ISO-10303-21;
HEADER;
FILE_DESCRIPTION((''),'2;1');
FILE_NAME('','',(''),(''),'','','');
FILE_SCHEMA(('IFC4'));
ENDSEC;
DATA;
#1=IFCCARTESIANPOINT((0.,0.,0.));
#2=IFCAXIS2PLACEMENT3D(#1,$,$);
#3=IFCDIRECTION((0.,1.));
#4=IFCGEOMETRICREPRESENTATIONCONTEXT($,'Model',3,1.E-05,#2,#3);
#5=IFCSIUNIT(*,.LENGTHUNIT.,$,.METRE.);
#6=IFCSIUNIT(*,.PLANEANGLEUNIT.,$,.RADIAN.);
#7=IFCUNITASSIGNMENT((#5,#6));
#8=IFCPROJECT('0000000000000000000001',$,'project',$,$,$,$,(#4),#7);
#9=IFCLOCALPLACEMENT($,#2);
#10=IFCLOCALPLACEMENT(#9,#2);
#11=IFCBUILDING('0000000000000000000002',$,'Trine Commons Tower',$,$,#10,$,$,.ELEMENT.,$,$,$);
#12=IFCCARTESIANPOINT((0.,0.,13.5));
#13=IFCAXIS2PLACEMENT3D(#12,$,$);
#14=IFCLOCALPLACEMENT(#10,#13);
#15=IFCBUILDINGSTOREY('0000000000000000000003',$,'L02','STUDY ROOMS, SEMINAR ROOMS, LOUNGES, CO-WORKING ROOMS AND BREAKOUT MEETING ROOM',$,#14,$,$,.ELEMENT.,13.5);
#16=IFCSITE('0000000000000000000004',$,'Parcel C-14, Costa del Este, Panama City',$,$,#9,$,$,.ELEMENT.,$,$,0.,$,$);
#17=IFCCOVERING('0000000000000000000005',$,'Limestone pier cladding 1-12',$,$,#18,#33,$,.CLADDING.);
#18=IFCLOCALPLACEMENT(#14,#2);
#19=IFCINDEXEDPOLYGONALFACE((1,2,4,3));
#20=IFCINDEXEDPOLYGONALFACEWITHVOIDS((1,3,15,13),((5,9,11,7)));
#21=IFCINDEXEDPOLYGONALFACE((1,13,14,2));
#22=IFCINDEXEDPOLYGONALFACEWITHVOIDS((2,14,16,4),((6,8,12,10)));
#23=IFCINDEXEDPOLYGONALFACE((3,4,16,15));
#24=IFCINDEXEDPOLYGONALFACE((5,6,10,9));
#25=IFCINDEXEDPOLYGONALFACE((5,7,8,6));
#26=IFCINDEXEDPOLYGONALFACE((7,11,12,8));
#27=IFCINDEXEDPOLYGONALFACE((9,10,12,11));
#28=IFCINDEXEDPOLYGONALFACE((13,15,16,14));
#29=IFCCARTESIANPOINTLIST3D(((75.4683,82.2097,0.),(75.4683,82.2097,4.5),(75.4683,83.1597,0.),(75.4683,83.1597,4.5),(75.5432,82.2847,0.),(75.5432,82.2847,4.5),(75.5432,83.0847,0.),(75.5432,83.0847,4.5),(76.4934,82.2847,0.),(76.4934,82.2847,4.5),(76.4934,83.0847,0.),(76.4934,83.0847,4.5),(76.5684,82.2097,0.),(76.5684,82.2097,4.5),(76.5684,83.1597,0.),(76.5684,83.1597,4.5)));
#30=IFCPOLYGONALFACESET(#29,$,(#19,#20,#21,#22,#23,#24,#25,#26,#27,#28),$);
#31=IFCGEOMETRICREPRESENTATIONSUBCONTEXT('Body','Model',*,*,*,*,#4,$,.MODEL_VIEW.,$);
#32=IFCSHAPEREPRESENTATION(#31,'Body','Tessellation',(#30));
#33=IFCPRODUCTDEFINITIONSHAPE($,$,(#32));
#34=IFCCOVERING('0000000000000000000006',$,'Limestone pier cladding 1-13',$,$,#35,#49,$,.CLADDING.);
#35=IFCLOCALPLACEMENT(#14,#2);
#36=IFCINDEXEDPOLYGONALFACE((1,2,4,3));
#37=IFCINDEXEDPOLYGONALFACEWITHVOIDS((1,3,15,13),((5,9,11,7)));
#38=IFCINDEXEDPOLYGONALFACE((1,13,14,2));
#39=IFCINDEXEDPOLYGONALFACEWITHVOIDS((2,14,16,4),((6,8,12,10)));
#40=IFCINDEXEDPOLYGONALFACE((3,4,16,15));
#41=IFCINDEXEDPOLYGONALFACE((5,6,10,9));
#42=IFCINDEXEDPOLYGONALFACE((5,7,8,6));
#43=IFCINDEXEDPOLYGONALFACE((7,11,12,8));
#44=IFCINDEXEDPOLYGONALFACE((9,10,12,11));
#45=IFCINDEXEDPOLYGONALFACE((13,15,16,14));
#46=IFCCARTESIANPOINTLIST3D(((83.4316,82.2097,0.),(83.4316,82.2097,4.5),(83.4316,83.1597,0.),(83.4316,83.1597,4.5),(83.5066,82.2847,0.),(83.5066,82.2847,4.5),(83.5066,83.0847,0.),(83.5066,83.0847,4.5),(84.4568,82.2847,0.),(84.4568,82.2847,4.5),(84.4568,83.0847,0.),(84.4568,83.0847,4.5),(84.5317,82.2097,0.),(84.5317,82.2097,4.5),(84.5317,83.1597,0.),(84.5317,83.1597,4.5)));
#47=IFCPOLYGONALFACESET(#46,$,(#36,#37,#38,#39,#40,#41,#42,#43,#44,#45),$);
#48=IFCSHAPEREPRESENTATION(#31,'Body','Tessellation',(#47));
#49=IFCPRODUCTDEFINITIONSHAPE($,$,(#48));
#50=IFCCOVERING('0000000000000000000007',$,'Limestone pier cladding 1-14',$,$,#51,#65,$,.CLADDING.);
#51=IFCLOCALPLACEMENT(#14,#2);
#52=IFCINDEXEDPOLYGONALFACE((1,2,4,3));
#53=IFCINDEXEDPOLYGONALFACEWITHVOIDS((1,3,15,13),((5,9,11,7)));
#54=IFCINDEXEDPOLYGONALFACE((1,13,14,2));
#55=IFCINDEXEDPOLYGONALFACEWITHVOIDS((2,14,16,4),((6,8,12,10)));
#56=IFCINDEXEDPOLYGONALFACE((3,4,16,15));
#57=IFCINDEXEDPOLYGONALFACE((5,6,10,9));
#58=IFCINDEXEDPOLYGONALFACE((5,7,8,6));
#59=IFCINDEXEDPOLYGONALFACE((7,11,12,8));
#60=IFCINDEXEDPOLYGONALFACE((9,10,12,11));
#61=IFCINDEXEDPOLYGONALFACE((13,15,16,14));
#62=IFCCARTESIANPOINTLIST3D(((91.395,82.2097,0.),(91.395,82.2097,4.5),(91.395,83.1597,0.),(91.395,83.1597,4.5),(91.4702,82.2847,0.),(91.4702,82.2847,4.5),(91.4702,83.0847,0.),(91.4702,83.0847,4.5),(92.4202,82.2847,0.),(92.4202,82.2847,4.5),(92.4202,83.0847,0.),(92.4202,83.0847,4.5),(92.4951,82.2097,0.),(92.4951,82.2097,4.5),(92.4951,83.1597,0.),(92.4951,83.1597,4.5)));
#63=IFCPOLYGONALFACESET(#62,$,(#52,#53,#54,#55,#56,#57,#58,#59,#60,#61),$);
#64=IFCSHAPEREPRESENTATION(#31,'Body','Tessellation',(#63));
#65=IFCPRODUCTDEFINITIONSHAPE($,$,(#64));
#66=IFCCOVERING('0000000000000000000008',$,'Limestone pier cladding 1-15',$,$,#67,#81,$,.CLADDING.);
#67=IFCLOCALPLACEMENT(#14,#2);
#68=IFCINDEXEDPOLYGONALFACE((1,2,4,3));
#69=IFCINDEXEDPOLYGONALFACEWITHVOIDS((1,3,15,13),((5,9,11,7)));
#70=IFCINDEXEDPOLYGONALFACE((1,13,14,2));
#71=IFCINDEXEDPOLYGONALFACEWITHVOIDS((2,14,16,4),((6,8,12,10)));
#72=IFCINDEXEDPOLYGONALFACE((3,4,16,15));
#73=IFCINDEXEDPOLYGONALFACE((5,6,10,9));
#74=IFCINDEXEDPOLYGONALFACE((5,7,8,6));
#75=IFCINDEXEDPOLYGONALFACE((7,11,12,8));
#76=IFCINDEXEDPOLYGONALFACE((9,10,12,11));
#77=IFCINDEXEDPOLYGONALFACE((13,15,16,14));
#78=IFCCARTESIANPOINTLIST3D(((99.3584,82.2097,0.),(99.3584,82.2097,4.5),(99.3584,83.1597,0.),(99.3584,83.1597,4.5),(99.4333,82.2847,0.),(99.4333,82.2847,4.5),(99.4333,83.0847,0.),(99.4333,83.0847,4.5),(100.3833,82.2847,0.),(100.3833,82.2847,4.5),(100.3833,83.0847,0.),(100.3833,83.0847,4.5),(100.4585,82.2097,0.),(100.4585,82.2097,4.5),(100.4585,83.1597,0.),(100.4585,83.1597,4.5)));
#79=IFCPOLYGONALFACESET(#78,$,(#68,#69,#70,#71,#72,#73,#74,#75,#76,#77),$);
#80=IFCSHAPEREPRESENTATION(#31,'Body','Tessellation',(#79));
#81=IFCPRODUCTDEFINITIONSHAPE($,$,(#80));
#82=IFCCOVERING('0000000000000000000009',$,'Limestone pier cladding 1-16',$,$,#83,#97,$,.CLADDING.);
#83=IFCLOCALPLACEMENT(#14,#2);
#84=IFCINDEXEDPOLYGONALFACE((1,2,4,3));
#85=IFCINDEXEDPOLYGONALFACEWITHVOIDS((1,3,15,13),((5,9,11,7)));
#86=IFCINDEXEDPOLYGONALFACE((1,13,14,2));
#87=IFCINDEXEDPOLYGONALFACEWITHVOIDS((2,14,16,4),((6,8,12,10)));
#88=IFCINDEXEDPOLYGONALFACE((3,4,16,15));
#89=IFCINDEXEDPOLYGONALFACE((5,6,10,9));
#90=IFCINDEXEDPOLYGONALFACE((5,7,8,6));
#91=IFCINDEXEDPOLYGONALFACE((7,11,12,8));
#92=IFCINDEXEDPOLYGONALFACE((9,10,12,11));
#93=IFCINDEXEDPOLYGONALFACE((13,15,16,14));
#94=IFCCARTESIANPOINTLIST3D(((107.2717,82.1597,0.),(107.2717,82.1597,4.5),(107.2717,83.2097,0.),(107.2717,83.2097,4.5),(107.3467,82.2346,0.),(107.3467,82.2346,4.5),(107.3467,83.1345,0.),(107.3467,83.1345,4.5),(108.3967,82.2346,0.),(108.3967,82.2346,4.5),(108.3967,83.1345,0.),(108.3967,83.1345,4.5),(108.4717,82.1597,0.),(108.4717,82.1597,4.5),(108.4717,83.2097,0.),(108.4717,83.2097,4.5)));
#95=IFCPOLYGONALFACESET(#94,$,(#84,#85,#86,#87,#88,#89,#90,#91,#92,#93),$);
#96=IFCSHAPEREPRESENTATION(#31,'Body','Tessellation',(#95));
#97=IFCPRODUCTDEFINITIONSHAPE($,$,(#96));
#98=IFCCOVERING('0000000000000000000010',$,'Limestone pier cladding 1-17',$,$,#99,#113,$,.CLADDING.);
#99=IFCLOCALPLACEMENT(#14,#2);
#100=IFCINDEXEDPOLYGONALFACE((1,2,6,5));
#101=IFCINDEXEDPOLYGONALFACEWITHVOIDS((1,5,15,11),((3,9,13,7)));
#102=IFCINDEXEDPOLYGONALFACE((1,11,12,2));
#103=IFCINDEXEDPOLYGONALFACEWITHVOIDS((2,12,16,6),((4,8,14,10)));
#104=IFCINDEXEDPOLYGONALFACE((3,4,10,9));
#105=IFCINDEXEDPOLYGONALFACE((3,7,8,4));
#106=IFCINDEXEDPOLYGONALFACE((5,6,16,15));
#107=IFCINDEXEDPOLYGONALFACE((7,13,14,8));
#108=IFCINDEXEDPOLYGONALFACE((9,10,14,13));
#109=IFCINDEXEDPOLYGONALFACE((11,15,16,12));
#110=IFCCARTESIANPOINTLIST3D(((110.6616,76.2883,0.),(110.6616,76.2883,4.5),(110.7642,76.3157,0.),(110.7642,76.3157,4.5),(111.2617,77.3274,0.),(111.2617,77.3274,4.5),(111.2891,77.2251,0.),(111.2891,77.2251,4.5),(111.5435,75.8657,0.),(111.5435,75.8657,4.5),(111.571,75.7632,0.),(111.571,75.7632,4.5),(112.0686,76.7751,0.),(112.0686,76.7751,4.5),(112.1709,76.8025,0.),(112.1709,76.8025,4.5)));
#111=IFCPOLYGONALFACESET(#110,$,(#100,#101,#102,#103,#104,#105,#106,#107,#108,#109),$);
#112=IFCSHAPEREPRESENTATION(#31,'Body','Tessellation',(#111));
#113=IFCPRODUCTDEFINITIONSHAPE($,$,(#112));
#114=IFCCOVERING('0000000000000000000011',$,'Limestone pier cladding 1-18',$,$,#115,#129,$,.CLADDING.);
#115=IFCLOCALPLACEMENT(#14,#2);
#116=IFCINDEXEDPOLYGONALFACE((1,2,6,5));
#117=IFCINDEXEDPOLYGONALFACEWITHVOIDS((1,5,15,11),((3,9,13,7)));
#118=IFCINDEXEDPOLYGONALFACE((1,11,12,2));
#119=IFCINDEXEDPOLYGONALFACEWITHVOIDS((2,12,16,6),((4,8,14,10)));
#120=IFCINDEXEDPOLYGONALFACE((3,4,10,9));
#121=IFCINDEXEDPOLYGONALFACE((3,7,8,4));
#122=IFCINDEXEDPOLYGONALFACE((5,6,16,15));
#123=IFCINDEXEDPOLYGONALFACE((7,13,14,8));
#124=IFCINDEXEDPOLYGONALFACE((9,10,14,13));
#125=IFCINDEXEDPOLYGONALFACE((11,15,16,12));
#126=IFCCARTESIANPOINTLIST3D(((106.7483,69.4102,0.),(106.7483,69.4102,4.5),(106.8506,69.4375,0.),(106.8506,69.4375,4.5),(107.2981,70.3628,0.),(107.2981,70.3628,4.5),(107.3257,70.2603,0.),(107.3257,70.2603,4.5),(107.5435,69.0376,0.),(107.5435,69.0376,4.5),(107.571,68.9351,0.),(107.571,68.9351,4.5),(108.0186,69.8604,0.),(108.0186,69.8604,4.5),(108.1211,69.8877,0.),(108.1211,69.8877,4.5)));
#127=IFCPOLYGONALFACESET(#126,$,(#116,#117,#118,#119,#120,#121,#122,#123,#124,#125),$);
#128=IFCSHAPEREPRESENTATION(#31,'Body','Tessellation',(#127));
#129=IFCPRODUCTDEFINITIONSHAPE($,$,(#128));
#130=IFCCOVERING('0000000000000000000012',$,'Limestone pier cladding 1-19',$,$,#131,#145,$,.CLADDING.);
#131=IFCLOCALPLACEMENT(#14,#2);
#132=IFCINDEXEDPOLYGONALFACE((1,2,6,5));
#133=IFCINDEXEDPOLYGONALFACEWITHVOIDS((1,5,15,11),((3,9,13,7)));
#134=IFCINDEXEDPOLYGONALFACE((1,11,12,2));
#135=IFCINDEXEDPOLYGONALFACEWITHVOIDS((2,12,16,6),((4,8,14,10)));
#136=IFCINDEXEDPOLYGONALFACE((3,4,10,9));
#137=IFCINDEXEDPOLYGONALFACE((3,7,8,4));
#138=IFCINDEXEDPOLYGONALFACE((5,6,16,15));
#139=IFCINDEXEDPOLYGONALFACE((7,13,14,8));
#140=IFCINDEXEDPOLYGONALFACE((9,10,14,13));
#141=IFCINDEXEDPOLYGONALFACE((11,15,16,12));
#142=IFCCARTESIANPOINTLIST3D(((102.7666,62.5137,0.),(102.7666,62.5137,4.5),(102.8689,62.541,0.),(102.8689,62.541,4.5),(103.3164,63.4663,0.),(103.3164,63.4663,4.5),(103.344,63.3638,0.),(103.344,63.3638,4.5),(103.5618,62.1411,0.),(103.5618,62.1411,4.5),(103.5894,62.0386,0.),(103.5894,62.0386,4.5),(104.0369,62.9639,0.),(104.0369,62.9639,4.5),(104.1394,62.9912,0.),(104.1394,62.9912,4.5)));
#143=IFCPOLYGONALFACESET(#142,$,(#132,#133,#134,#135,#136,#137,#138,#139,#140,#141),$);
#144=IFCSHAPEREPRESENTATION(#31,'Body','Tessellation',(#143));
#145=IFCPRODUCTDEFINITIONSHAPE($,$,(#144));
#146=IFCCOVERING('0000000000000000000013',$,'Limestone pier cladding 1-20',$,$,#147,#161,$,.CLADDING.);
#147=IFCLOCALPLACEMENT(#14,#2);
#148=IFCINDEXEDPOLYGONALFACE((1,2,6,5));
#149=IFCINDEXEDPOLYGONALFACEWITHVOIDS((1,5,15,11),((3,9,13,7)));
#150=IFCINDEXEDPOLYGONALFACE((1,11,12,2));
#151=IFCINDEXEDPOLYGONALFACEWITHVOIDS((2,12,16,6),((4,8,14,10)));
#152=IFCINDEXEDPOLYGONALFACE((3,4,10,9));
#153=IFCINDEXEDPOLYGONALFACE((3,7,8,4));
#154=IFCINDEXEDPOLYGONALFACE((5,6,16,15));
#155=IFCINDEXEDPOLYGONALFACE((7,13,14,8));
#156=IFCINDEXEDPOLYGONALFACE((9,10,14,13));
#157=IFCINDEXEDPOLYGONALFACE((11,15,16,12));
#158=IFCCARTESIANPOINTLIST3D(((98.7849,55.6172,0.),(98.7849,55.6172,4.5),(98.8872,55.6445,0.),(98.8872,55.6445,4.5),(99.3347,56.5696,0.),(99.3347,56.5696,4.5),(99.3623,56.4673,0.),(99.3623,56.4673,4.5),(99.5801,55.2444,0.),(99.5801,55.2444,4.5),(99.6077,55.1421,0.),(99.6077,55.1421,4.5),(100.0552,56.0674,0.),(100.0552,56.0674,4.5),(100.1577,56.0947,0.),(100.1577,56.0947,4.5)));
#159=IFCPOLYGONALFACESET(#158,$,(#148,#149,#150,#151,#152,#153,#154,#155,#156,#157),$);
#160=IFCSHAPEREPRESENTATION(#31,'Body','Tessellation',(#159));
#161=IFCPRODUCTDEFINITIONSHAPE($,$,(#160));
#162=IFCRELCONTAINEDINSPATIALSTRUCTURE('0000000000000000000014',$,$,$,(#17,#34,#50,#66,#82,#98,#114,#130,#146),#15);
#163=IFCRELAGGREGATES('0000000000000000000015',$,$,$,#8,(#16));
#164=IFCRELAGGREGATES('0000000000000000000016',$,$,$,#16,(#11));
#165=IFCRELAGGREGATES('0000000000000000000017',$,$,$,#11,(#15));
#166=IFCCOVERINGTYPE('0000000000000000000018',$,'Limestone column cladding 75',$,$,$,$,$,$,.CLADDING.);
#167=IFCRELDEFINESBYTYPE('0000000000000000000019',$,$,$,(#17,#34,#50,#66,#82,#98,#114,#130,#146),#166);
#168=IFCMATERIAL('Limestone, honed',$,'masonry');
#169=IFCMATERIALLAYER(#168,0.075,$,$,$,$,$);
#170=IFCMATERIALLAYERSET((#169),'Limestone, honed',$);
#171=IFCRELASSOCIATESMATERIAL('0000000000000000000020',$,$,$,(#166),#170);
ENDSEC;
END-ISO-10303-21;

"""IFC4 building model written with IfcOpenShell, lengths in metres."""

from ifc_helpers import new_model, si_unit, direction, frame, origin, place, context, subcontext, project, spatial, polyline, outline, extrude, material, layer, layer_set, type_object, element, save


model = new_model("IFC4")

# Units and contexts
model_context = context("Model", 3, precision=1e-05, world=origin(), true_north=direction((0.0, 1.0)))
body_context = subcontext(model_context, "Body", "Model", "MODEL_VIEW")
ifc_project = project(units=[si_unit("LENGTHUNIT", "METRE"), si_unit("PLANEANGLEUNIT", "RADIAN")], contexts=[model_context])

# Site, building, storey
site_placement = place(None, origin())
site = spatial("IfcSite", under=ifc_project, at=site_placement, Name="Parcel C-14, Costa del Este, Panama City", CompositionType="ELEMENT", RefElevation=0.0)
building_placement = place(site_placement, origin())
building = spatial("IfcBuilding", under=site, at=building_placement, Name="Trine Commons Tower", CompositionType="ELEMENT")
storey_placement = place(building_placement, frame((0.0, 0.0, 13.5)))
storey = spatial("IfcBuildingStorey", under=building, at=storey_placement, Name="L02", Description="STUDY ROOMS, SEMINAR ROOMS, LOUNGES, CO-WORKING ROOMS AND BREAKOUT MEETING ROOM", CompositionType="ELEMENT", Elevation=13.5)

# Coverings
ifc_material_1 = material(Name="Limestone, honed", Category="masonry")
ifc_layer_1 = layer(ifc_material_1, 0.075)
ifc_layer_set_1 = layer_set([ifc_layer_1], Name="Limestone, honed")
covering_type = type_object("IfcCoveringType", Name="Limestone column cladding 75", PredefinedType="CLADDING", material=ifc_layer_set_1)
covering_1_placement = place(storey_placement, origin())
element("IfcCovering", 1, at=covering_1_placement, inside=storey, type_object=covering_type, Name="Limestone pier cladding 1-12", PredefinedType="CLADDING", context=body_context, shape_type="SweptSolid", body=[
    extrude(outline(polyline([(76.5684, 82.2097), (76.5684, 83.1597), (75.4683, 83.1597), (75.4683, 82.2097), (76.5684, 82.2097)]), holes=[polyline([(76.4934, 82.2847), (76.4934, 83.0847), (75.5432, 83.0847), (75.5432, 82.2847), (76.4934, 82.2847)])]), origin(), (0.0, 0.0, 1.0), 4.5),
])
covering_2_placement = place(storey_placement, origin())
element("IfcCovering", 2, at=covering_2_placement, inside=storey, type_object=covering_type, Name="Limestone pier cladding 1-13", PredefinedType="CLADDING", context=body_context, shape_type="SweptSolid", body=[
    extrude(outline(polyline([(84.5317, 82.2097), (84.5317, 83.1597), (83.4316, 83.1597), (83.4316, 82.2097), (84.5317, 82.2097)]), holes=[polyline([(84.4568, 82.2847), (84.4568, 83.0847), (83.5066, 83.0847), (83.5066, 82.2847), (84.4568, 82.2847)])]), origin(), (0.0, 0.0, 1.0), 4.5),
])
covering_3_placement = place(storey_placement, origin())
element("IfcCovering", 3, at=covering_3_placement, inside=storey, type_object=covering_type, Name="Limestone pier cladding 1-14", PredefinedType="CLADDING", context=body_context, shape_type="SweptSolid", body=[
    extrude(outline(polyline([(92.4951, 82.2097), (92.4951, 83.1597), (91.395, 83.1597), (91.395, 82.2097), (92.4951, 82.2097)]), holes=[polyline([(92.4202, 82.2847), (92.4202, 83.0847), (91.4702, 83.0847), (91.4702, 82.2847), (92.4202, 82.2847)])]), origin(), (0.0, 0.0, 1.0), 4.5),
])
covering_4_placement = place(storey_placement, origin())
element("IfcCovering", 4, at=covering_4_placement, inside=storey, type_object=covering_type, Name="Limestone pier cladding 1-15", PredefinedType="CLADDING", context=body_context, shape_type="SweptSolid", body=[
    extrude(outline(polyline([(100.4585, 82.2097), (100.4585, 83.1597), (99.3584, 83.1597), (99.3584, 82.2097), (100.4585, 82.2097)]), holes=[polyline([(100.3833, 82.2847), (100.3833, 83.0847), (99.4333, 83.0847), (99.4333, 82.2847), (100.3833, 82.2847)])]), origin(), (0.0, 0.0, 1.0), 4.5),
])
covering_5_placement = place(storey_placement, origin())
element("IfcCovering", 5, at=covering_5_placement, inside=storey, type_object=covering_type, Name="Limestone pier cladding 1-16", PredefinedType="CLADDING", context=body_context, shape_type="SweptSolid", body=[
    extrude(outline(polyline([(108.4717, 82.1597), (108.4717, 83.2097), (107.2717, 83.2097), (107.2717, 82.1597), (108.4717, 82.1597)]), holes=[polyline([(108.3967, 82.2346), (108.3967, 83.1345), (107.3467, 83.1345), (107.3467, 82.2346), (108.3967, 82.2346)])]), origin(), (0.0, 0.0, 1.0), 4.5),
])
covering_6_placement = place(storey_placement, origin())
element("IfcCovering", 6, at=covering_6_placement, inside=storey, type_object=covering_type, Name="Limestone pier cladding 1-17", PredefinedType="CLADDING", context=body_context, shape_type="SweptSolid", body=[
    extrude(outline(polyline([(112.1709, 76.8025), (111.2617, 77.3274), (110.6616, 76.2883), (111.571, 75.7632), (112.1709, 76.8025)]), holes=[polyline([(112.0686, 76.7751), (111.2891, 77.2251), (110.7642, 76.3157), (111.5435, 75.8657), (112.0686, 76.7751)])]), origin(), (0.0, 0.0, 1.0), 4.5),
])
covering_7_placement = place(storey_placement, origin())
element("IfcCovering", 7, at=covering_7_placement, inside=storey, type_object=covering_type, Name="Limestone pier cladding 1-18", PredefinedType="CLADDING", context=body_context, shape_type="SweptSolid", body=[
    extrude(outline(polyline([(108.1211, 69.8877), (107.2981, 70.3628), (106.7483, 69.4102), (107.571, 68.9351), (108.1211, 69.8877)]), holes=[polyline([(108.0186, 69.8604), (107.3257, 70.2603), (106.8506, 69.4375), (107.5435, 69.0376), (108.0186, 69.8604)])]), origin(), (0.0, 0.0, 1.0), 4.5),
])
covering_8_placement = place(storey_placement, origin())
element("IfcCovering", 8, at=covering_8_placement, inside=storey, type_object=covering_type, Name="Limestone pier cladding 1-19", PredefinedType="CLADDING", context=body_context, shape_type="SweptSolid", body=[
    extrude(outline(polyline([(104.1394, 62.9912), (103.3164, 63.4663), (102.7666, 62.5137), (103.5894, 62.0386), (104.1394, 62.9912)]), holes=[polyline([(104.0369, 62.9639), (103.344, 63.3638), (102.8689, 62.541), (103.5618, 62.1411), (104.0369, 62.9639)])]), origin(), (0.0, 0.0, 1.0), 4.5),
])
covering_9_placement = place(storey_placement, origin())
element("IfcCovering", 9, at=covering_9_placement, inside=storey, type_object=covering_type, Name="Limestone pier cladding 1-20", PredefinedType="CLADDING", context=body_context, shape_type="SweptSolid", body=[
    extrude(outline(polyline([(100.1577, 56.0947), (99.3347, 56.5696), (98.7849, 55.6172), (99.6077, 55.1421), (100.1577, 56.0947)]), holes=[polyline([(100.0552, 56.0674), (99.3623, 56.4673), (98.8872, 55.6445), (99.5801, 55.2444), (100.0552, 56.0674)])]), origin(), (0.0, 0.0, 1.0), 4.5),
])

save(model, "model.ifc")
